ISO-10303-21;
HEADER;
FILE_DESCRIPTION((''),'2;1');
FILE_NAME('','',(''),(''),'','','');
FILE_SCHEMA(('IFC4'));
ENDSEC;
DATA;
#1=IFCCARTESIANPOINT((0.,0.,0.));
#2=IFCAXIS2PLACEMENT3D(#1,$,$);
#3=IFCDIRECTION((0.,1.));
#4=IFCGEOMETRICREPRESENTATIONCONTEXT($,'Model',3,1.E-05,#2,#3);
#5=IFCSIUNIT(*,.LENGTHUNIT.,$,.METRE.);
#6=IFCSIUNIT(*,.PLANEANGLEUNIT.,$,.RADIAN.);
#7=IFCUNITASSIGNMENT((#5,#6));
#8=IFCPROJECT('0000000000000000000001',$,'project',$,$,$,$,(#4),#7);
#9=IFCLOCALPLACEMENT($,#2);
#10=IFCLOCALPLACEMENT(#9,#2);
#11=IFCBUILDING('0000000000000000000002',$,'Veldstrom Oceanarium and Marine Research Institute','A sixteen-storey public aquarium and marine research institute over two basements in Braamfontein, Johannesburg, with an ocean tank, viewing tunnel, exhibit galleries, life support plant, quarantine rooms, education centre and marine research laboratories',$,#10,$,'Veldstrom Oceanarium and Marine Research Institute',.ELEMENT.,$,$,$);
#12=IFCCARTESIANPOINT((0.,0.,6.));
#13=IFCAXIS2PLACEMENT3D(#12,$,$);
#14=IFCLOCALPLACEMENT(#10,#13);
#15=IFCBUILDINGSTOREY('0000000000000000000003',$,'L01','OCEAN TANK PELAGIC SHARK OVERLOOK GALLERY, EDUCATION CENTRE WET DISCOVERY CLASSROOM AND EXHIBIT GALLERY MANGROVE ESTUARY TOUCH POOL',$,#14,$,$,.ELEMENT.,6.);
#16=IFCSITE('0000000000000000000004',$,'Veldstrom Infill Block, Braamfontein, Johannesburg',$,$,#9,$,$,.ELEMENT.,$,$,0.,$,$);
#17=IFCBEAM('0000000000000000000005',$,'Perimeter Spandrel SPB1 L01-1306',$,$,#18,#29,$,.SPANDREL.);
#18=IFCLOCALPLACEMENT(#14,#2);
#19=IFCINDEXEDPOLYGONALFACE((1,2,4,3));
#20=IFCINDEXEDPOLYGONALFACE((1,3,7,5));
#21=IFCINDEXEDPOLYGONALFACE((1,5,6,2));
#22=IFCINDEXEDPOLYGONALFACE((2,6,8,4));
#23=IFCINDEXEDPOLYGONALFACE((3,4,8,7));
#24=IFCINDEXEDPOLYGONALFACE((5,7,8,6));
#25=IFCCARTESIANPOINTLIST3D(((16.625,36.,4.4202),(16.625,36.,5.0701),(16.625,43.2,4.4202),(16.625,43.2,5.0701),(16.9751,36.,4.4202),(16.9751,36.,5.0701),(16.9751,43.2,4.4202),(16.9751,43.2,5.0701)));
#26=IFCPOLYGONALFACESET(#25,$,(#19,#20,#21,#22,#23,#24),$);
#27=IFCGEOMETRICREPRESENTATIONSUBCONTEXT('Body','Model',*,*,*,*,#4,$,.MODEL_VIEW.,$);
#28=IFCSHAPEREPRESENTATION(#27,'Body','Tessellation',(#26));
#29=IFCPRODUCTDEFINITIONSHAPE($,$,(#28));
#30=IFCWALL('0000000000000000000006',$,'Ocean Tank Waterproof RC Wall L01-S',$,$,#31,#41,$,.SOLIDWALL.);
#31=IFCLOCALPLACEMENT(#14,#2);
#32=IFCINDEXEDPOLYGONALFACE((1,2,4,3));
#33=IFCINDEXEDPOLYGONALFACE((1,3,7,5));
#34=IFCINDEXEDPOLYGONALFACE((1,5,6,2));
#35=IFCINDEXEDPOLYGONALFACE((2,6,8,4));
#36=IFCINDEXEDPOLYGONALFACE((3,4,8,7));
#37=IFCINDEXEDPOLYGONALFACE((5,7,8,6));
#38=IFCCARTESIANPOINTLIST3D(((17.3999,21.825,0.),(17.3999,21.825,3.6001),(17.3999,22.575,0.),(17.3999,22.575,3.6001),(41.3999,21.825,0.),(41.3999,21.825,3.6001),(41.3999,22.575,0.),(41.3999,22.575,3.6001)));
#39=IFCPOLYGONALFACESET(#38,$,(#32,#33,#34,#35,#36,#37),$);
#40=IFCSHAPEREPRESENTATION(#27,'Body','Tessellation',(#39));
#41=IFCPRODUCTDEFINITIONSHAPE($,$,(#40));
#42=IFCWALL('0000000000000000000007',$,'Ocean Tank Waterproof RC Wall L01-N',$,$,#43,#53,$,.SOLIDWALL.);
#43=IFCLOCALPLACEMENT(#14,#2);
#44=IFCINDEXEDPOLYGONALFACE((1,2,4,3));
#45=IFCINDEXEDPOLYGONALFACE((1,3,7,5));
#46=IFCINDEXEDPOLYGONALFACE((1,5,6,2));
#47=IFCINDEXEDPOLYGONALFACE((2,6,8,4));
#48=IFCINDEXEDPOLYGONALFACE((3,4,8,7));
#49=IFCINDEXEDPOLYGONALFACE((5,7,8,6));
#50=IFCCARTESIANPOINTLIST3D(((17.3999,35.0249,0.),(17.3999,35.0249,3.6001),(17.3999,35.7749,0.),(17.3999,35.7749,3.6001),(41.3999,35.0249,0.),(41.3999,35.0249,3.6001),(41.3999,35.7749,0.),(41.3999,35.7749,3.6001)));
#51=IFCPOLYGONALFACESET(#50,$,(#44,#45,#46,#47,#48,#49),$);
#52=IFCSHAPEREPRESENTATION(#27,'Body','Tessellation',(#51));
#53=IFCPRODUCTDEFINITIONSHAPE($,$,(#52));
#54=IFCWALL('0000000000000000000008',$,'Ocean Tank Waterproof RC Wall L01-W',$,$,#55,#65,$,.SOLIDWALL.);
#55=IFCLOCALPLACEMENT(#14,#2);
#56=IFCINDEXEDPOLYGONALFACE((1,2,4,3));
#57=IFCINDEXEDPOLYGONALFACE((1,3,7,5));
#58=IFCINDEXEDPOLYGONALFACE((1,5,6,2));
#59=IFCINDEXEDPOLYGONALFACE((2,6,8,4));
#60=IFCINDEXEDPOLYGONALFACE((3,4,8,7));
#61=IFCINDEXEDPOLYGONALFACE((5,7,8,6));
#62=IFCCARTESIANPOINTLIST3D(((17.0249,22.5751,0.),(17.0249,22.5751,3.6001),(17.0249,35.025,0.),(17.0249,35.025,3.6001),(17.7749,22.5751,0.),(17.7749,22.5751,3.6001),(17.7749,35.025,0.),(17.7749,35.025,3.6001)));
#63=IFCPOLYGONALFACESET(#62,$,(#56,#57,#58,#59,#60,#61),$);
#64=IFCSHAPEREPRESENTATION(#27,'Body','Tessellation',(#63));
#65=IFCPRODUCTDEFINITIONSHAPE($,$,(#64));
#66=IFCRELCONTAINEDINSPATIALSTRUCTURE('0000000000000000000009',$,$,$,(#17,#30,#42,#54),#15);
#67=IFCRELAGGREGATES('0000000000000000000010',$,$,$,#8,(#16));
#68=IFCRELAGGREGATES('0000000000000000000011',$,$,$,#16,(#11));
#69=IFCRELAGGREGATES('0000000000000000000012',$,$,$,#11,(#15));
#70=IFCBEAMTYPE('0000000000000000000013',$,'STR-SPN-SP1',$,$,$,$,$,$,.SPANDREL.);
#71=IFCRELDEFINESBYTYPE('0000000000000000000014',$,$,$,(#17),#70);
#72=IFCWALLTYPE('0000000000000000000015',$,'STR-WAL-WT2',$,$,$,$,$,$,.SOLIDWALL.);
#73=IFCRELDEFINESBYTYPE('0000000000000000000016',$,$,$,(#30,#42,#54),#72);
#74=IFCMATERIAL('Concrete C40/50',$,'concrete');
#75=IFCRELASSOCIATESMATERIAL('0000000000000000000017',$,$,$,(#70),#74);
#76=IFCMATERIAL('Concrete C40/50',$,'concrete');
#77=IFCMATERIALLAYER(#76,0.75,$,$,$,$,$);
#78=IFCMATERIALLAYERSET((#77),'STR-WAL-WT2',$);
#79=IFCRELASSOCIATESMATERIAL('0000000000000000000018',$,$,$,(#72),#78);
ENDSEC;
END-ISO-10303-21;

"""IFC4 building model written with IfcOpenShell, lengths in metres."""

from ifc_helpers import new_model, si_unit, direction, frame, frame_2d, origin, origin_2d, place, context, subcontext, project, spatial, rectangle, extrude, material, layer, layer_set, material_profile, profile_set, type_object, element, save


model = new_model("IFC4")

# Units and contexts
model_context = context("Model", 3, precision=1e-05, world=origin(), true_north=direction((0.0, 1.0)))
body_context = subcontext(model_context, "Body", "Model", "MODEL_VIEW")
ifc_project = project(units=[si_unit("LENGTHUNIT", "METRE"), si_unit("PLANEANGLEUNIT", "RADIAN")], contexts=[model_context])

# Site, building, storey
site_placement = place(None, origin())
site = spatial("IfcSite", under=ifc_project, at=site_placement, Name="Veldstrom Infill Block, Braamfontein, Johannesburg", CompositionType="ELEMENT", RefElevation=0.0)
building_placement = place(site_placement, origin())
building = spatial("IfcBuilding", under=site, at=building_placement, Name="Veldstrom Oceanarium and Marine Research Institute", Description="A sixteen-storey public aquarium and marine research institute over two basements in Braamfontein, Johannesburg, with an ocean tank, viewing tunnel, exhibit galleries, life support plant, quarantine rooms, education centre and marine research laboratories", LongName="Veldstrom Oceanarium and Marine Research Institute", CompositionType="ELEMENT")
storey_placement = place(building_placement, frame((0.0, 0.0, 6.0)))
storey = spatial("IfcBuildingStorey", under=building, at=storey_placement, Name="L01", Description="OCEAN TANK PELAGIC SHARK OVERLOOK GALLERY, EDUCATION CENTRE WET DISCOVERY CLASSROOM AND EXHIBIT GALLERY MANGROVE ESTUARY TOUCH POOL", CompositionType="ELEMENT", Elevation=6.0)

# Beam
ifc_material_1 = material(Name="Concrete C40/50", Category="concrete")
ifc_material_profile_1 = material_profile(ifc_material_1, rectangle(XDim=0.3501, YDim=0.6499, at=origin_2d()), Name="RC-SPN-350x650")
ifc_profile_set_1 = profile_set([ifc_material_profile_1], Name="Concrete C40/50")
beam_type_1 = type_object("IfcBeamType", Name="STR-SPN-SP1", PredefinedType="SPANDREL", material=ifc_profile_set_1)
for number, where, z_axis, x_axis, name in (
    (1, (16.8, 36.0, 4.7451), (0.0, 1.0, 0.0), (-1.0, 0.0, 0.0), "Perimeter Spandrel SPB1 L01-1306"),
):
    element("IfcBeam", number, at=place(storey_placement, frame(where, z_axis=z_axis, x_axis=x_axis)), inside=storey, type_object=beam_type_1, Name=name, PredefinedType="SPANDREL", context=body_context, shape_type="SweptSolid", body=[
        extrude(rectangle(XDim=0.3501, YDim=0.6499, at=origin_2d()), origin(), (0.0, 0.0, 1.0), 7.2),
    ])

# Walls
ifc_material_2 = material(Name="Concrete C40/50", Category="concrete")
ifc_layer_1 = layer(ifc_material_2, 0.75)
ifc_layer_set_1 = layer_set([ifc_layer_1], Name="STR-WAL-WT2")
wall_type = type_object("IfcWallType", Name="STR-WAL-WT2", PredefinedType="SOLIDWALL", material=ifc_layer_set_1)
for number, where, z_axis, x_axis, name in (
    (2, (17.3999, 22.2, 0.0), (0.0, 0.0, 1.0), (1.0, 0.0, 0.0), "Ocean Tank Waterproof RC Wall L01-S"),
    (3, (17.3999, 35.3999, 0.0), (0.0, 0.0, 1.0), (1.0, 0.0, 0.0), "Ocean Tank Waterproof RC Wall L01-N"),
):
    element("IfcWall", number, at=place(storey_placement, frame(where, z_axis=z_axis, x_axis=x_axis)), inside=storey, type_object=wall_type, Name=name, PredefinedType="SOLIDWALL", context=body_context, shape_type="SweptSolid", body=[
        extrude(rectangle(XDim=24.0, YDim=0.75, at=frame_2d((12.0, 0.0))), origin(), (0.0, 0.0, 1.0), 3.6001),
    ])
wall_placement = place(storey_placement, frame((17.3999, 22.575, 0.0), z_axis=(0.0, 0.0, 1.0), x_axis=(0.0, 1.0, 0.0)))
element("IfcWall", 4, at=wall_placement, inside=storey, type_object=wall_type, Name="Ocean Tank Waterproof RC Wall L01-W", PredefinedType="SOLIDWALL", context=body_context, shape_type="SweptSolid", body=[
    extrude(rectangle(XDim=12.45, YDim=0.75, at=frame_2d((6.2251, 0.0))), origin(), (0.0, 0.0, 1.0), 3.6001),
])

save(model, "model.ifc")
